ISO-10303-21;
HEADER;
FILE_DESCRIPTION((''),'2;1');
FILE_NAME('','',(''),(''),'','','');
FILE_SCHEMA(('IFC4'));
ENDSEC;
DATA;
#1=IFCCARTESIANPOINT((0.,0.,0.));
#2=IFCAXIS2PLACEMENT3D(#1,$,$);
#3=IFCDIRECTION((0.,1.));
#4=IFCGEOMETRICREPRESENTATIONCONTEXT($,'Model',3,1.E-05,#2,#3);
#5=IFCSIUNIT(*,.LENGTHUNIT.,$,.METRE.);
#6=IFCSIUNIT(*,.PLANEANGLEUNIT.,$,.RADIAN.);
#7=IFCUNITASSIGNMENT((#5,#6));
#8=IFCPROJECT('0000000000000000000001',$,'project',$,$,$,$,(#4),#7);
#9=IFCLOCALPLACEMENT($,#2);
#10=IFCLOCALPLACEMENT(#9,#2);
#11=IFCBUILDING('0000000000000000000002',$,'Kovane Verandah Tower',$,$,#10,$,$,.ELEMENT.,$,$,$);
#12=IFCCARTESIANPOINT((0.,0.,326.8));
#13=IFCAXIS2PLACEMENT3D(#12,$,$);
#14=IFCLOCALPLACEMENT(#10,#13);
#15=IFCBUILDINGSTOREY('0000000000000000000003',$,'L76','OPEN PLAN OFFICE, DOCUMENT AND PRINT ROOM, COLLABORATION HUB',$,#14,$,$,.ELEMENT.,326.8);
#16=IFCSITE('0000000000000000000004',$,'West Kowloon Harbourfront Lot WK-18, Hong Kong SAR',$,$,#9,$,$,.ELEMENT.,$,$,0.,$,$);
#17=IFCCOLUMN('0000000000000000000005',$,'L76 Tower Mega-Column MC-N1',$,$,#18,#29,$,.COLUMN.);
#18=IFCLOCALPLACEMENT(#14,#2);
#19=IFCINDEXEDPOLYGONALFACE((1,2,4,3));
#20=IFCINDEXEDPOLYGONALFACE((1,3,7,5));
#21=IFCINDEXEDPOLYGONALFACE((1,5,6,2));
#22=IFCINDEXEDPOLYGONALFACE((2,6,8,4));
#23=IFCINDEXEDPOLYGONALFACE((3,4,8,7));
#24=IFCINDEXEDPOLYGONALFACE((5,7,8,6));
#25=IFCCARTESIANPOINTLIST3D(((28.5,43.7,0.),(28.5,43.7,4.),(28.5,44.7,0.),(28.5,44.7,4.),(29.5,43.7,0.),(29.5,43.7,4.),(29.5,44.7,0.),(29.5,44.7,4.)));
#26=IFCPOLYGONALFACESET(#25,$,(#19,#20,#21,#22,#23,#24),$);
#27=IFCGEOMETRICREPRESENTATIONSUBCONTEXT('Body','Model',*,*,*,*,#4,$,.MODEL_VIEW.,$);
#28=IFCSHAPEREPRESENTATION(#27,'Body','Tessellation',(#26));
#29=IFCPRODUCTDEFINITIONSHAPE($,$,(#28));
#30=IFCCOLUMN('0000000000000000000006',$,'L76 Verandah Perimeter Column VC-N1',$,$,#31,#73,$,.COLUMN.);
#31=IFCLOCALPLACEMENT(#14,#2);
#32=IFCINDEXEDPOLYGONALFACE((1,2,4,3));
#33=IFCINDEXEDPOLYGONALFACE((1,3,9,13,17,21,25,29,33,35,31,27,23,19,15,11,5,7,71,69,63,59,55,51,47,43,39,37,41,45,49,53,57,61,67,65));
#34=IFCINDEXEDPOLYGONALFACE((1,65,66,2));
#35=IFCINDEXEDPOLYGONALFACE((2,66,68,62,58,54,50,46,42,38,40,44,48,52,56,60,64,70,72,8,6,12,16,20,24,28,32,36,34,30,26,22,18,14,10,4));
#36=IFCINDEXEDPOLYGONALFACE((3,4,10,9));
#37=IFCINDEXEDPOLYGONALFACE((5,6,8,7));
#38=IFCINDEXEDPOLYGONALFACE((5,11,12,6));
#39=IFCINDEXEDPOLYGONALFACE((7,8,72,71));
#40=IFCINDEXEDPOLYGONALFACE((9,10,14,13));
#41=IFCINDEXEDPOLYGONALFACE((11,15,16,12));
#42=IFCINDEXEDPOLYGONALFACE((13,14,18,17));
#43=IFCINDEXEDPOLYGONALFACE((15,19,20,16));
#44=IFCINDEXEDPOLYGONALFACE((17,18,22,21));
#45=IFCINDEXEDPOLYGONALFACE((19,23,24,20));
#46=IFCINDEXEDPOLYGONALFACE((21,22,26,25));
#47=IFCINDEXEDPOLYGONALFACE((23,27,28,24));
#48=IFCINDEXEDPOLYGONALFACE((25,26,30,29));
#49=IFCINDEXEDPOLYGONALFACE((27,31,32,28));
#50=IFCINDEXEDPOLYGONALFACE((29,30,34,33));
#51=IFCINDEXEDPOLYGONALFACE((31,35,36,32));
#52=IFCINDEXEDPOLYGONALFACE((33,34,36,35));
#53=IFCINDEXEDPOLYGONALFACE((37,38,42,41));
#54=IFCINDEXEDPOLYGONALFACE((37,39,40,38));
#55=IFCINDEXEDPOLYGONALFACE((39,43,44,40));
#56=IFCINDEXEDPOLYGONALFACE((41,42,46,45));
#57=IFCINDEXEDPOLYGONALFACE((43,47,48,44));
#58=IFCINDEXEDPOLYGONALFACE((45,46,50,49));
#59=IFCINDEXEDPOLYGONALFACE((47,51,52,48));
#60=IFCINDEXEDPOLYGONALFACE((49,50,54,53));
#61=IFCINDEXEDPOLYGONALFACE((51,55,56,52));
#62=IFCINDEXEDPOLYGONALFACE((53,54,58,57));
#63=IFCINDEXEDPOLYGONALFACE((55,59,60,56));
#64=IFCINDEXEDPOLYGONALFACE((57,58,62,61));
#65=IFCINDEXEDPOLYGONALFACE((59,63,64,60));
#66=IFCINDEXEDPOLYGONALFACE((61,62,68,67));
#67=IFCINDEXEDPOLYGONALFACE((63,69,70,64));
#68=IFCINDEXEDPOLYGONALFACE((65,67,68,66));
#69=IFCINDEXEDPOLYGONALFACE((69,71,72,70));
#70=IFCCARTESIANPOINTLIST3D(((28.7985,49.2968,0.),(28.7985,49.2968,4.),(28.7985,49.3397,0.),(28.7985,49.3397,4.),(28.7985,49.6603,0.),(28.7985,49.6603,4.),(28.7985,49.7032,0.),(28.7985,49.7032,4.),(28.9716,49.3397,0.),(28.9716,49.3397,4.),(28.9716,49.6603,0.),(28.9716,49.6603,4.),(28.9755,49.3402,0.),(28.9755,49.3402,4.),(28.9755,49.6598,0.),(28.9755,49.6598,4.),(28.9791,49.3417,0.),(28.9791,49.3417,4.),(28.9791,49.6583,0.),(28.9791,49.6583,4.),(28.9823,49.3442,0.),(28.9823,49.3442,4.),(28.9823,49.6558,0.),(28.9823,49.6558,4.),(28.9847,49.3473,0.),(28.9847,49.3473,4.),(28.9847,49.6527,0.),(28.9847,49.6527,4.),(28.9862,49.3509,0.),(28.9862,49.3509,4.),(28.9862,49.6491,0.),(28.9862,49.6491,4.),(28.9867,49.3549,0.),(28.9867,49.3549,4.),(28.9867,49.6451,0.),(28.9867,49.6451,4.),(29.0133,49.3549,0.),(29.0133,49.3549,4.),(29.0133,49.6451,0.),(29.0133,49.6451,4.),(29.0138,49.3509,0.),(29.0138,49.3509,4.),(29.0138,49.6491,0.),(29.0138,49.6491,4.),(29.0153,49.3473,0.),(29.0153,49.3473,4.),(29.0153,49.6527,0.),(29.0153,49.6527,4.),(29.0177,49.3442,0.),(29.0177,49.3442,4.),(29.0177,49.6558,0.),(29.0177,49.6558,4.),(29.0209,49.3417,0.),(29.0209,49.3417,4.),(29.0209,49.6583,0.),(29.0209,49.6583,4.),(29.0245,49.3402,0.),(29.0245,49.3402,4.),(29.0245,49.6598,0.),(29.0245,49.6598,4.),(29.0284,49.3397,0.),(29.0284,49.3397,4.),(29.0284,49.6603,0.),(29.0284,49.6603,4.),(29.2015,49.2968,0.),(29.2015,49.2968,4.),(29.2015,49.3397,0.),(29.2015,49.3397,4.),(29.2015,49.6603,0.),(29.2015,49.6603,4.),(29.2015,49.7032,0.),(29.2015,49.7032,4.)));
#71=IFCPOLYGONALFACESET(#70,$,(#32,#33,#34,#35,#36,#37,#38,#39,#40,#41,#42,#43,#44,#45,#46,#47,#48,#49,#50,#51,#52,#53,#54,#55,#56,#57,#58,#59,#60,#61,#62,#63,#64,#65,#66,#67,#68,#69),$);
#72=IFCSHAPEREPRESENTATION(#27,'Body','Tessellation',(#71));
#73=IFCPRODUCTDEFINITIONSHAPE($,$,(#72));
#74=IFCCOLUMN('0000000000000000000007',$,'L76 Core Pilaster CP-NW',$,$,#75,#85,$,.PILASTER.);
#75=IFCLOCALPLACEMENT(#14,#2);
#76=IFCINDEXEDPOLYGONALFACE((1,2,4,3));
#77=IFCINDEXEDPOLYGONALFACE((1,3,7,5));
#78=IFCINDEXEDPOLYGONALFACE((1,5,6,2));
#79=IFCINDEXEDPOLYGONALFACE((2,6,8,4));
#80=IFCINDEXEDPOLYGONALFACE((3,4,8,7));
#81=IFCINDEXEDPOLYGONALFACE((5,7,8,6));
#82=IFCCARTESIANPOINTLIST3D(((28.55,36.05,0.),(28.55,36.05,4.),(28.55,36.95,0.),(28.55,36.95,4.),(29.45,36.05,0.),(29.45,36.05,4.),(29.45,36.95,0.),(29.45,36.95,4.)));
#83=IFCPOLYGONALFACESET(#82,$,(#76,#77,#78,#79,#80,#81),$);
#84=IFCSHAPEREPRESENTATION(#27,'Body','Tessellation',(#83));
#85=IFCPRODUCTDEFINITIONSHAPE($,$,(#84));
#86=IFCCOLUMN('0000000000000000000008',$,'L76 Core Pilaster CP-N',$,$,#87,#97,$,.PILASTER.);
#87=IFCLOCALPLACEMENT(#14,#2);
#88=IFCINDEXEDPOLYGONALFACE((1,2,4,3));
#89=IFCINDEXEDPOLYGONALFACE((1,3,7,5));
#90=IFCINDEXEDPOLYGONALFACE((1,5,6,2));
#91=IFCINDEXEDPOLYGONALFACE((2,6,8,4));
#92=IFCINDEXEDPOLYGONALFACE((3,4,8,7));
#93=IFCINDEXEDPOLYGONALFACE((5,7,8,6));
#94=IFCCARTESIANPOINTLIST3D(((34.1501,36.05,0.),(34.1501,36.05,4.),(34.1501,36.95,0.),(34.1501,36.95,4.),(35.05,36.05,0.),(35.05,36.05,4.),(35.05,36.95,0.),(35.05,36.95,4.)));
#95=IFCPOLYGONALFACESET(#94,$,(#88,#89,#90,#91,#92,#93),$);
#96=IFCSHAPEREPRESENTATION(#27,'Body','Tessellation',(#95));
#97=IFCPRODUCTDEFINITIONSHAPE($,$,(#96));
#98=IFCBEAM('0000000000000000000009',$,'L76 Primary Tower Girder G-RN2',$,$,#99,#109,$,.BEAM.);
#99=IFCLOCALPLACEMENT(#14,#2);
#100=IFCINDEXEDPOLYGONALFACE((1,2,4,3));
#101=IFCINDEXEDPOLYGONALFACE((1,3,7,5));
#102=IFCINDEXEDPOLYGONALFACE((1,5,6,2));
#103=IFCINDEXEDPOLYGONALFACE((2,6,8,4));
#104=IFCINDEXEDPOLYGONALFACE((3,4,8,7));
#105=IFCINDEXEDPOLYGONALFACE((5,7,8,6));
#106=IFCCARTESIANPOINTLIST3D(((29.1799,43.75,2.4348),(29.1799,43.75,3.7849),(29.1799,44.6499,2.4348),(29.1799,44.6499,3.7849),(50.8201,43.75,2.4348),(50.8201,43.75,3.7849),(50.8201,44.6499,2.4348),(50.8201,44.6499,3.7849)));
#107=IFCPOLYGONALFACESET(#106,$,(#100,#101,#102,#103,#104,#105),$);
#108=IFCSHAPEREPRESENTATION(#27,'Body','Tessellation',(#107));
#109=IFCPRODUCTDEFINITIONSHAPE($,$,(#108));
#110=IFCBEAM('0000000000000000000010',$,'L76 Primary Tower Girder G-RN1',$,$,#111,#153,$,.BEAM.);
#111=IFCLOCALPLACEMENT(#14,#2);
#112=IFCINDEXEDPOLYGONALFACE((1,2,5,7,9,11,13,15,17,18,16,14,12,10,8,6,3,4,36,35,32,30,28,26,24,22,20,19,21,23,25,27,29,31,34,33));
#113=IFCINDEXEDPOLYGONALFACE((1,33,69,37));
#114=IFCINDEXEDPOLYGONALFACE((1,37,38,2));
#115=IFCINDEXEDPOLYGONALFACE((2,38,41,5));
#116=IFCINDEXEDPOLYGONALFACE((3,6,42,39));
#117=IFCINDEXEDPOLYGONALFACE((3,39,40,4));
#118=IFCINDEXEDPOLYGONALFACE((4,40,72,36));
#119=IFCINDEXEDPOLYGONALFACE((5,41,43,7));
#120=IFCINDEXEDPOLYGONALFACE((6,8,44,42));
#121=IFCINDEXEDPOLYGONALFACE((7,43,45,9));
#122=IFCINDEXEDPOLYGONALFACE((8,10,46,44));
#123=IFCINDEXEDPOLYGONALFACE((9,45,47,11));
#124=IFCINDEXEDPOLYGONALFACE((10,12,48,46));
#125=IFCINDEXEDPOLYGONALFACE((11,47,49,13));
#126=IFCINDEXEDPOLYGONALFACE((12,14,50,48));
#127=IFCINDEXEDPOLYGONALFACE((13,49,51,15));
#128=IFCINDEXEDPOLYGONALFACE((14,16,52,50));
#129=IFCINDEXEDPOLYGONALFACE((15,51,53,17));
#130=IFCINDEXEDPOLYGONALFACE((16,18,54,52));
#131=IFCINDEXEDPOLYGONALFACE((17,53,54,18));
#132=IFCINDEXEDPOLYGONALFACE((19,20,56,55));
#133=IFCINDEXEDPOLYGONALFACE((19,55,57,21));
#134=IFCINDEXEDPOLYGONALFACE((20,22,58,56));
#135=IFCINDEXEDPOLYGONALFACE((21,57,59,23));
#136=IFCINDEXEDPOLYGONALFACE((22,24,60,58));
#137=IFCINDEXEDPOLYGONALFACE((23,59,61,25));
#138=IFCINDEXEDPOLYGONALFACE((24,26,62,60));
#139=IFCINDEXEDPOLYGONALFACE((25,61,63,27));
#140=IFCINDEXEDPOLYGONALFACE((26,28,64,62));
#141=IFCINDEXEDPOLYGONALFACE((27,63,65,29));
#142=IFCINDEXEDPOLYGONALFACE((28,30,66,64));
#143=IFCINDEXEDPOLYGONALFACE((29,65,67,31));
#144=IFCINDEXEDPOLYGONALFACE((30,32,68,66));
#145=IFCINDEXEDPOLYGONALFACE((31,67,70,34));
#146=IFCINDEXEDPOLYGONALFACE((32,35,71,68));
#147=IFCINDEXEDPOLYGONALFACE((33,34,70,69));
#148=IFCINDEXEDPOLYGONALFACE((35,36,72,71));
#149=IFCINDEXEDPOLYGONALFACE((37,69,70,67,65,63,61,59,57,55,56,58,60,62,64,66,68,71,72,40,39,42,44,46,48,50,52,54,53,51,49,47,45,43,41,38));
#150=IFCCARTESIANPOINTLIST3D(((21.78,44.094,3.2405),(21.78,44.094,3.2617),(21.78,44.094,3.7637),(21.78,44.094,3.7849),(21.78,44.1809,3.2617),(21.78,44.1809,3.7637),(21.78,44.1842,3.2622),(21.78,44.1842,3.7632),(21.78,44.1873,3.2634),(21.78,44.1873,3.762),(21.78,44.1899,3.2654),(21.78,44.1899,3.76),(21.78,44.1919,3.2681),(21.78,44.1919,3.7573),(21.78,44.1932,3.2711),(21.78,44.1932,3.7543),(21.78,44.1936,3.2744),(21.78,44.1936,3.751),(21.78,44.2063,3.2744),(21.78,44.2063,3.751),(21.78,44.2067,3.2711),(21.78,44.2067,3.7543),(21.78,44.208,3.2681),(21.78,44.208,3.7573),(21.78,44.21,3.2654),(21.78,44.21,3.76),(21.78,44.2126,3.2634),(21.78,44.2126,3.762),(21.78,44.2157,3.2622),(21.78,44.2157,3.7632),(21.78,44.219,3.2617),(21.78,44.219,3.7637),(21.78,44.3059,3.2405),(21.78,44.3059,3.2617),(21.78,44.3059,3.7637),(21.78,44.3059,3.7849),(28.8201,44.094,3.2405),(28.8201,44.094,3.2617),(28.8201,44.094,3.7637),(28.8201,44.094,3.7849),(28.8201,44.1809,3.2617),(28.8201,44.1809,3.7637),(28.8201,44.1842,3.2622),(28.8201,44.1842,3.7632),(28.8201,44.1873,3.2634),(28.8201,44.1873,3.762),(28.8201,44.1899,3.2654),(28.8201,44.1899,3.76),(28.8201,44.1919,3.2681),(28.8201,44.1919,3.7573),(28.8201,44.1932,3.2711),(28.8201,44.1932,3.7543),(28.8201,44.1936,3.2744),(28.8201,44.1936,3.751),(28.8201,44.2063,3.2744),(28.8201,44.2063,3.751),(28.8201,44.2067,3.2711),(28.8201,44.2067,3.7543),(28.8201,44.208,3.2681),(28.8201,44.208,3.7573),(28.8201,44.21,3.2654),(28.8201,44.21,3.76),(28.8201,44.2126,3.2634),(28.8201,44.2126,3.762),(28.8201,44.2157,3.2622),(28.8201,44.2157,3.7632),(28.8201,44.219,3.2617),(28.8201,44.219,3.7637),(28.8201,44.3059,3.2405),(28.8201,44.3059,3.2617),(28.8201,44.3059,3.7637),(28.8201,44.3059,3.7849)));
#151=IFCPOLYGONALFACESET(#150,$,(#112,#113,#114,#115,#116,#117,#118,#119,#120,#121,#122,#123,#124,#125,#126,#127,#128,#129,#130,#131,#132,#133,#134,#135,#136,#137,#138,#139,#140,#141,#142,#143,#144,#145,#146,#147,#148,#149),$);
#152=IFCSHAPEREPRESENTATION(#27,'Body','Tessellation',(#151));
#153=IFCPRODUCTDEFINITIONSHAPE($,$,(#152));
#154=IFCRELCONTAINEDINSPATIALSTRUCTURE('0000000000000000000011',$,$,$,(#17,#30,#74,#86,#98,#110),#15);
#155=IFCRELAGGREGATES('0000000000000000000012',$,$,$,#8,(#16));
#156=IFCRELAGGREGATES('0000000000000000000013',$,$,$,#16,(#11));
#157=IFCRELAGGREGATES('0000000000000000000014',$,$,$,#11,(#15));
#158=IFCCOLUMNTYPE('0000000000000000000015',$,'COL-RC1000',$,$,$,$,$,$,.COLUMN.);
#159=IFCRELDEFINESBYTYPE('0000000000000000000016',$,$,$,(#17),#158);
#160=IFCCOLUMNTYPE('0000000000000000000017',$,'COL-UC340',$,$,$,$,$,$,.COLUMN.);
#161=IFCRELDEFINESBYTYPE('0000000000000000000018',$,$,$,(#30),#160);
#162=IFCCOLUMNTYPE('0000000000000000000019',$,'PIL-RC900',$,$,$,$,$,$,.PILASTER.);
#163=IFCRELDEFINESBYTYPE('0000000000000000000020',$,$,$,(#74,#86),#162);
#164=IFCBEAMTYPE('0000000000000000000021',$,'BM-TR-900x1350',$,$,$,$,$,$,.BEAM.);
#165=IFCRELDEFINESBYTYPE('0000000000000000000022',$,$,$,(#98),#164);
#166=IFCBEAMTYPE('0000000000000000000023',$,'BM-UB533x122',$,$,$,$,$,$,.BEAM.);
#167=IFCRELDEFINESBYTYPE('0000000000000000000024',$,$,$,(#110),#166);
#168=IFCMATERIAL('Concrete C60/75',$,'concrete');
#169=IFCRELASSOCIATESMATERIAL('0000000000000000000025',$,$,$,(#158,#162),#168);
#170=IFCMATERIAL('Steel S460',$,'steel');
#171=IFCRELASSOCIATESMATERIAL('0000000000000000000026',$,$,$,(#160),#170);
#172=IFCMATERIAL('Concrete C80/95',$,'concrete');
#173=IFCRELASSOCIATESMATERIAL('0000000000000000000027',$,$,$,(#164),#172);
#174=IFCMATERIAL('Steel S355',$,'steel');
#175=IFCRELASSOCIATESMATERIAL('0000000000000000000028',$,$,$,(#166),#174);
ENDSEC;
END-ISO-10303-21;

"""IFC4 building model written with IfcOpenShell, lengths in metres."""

from ifc_helpers import new_model, si_unit, direction, frame, origin, origin_2d, place, context, subcontext, project, spatial, rectangle, i_section, extrude, material, material_profile, profile_set, type_object, element, save


model = new_model("IFC4")

# Units and contexts
model_context = context("Model", 3, precision=1e-05, world=origin(), true_north=direction((0.0, 1.0)))
body_context = subcontext(model_context, "Body", "Model", "MODEL_VIEW")
ifc_project = project(units=[si_unit("LENGTHUNIT", "METRE"), si_unit("PLANEANGLEUNIT", "RADIAN")], contexts=[model_context])

# Site, building, storey
site_placement = place(None, origin())
site = spatial("IfcSite", under=ifc_project, at=site_placement, Name="West Kowloon Harbourfront Lot WK-18, Hong Kong SAR", CompositionType="ELEMENT", RefElevation=0.0)
building_placement = place(site_placement, origin())
building = spatial("IfcBuilding", under=site, at=building_placement, Name="Kovane Verandah Tower", CompositionType="ELEMENT")
storey_placement = place(building_placement, frame((0.0, 0.0, 326.8)))
storey = spatial("IfcBuildingStorey", under=building, at=storey_placement, Name="L76", Description="OPEN PLAN OFFICE, DOCUMENT AND PRINT ROOM, COLLABORATION HUB", CompositionType="ELEMENT", Elevation=326.8)

# Columns
ifc_material_1 = material(Name="Concrete C60/75", Category="concrete")
ifc_material_profile_1 = material_profile(ifc_material_1, rectangle(XDim=1.0, YDim=1.0, at=origin_2d()), Name="RC1000x1000")
ifc_profile_set_1 = profile_set([ifc_material_profile_1], Name="Concrete C60/75")
column_type_1 = type_object("IfcColumnType", Name="COL-RC1000", PredefinedType="COLUMN", material=ifc_profile_set_1)
column_1_placement = place(storey_placement, frame((29.0, 44.2, 0.0), z_axis=(0.0, 0.0, 1.0), x_axis=(1.0, 0.0, 0.0)))
element("IfcColumn", 1, at=column_1_placement, inside=storey, type_object=column_type_1, Name="L76 Tower Mega-Column MC-N1", PredefinedType="COLUMN", context=body_context, shape_type="SweptSolid", body=[
    extrude(rectangle(XDim=1.0, YDim=1.0, at=origin_2d()), origin(), (0.0, 0.0, 1.0), 4.0),
])
ifc_material_2 = material(Name="Steel S460", Category="steel")
ifc_material_profile_2 = material_profile(ifc_material_2, i_section(OverallWidth=0.4031, OverallDepth=0.4065, WebThickness=0.0266, FlangeThickness=0.043, FilletRadius=0.0151, at=origin_2d()), Name="UC356x406x340")
ifc_profile_set_2 = profile_set([ifc_material_profile_2], Name="Steel S460")
column_type_2 = type_object("IfcColumnType", Name="COL-UC340", PredefinedType="COLUMN", material=ifc_profile_set_2)
column_2_placement = place(storey_placement, frame((29.0, 49.5, 0.0), z_axis=(0.0, 0.0, 1.0), x_axis=(1.0, 0.0, 0.0)))
element("IfcColumn", 2, at=column_2_placement, inside=storey, type_object=column_type_2, Name="L76 Verandah Perimeter Column VC-N1", PredefinedType="COLUMN", context=body_context, shape_type="SweptSolid", body=[
    extrude(i_section(OverallWidth=0.4031, OverallDepth=0.4065, WebThickness=0.0266, FlangeThickness=0.043, FilletRadius=0.0151, at=origin_2d()), origin(), (0.0, 0.0, 1.0), 4.0),
])
ifc_material_profile_3 = material_profile(ifc_material_1, rectangle(XDim=0.8999, YDim=0.8999, at=origin_2d()), Name="RC900x900")
ifc_profile_set_3 = profile_set([ifc_material_profile_3], Name="Concrete C60/75")
column_type_3 = type_object("IfcColumnType", Name="PIL-RC900", PredefinedType="PILASTER", material=ifc_profile_set_3)
for number, where, z_axis, x_axis, name in (
    (3, (29.0, 36.5, 0.0), (0.0, 0.0, 1.0), (1.0, 0.0, 0.0), "L76 Core Pilaster CP-NW"),
    (4, (34.6001, 36.5, 0.0), (0.0, 0.0, 1.0), (1.0, 0.0, 0.0), "L76 Core Pilaster CP-N"),
):
    element("IfcColumn", number, at=place(storey_placement, frame(where, z_axis=z_axis, x_axis=x_axis)), inside=storey, type_object=column_type_3, Name=name, PredefinedType="PILASTER", context=body_context, shape_type="SweptSolid", body=[
        extrude(rectangle(XDim=0.8999, YDim=0.8999, at=origin_2d()), origin(), (0.0, 0.0, 1.0), 4.0),
    ])

# Beams
ifc_material_3 = material(Name="Concrete C80/95", Category="concrete")
ifc_material_profile_4 = material_profile(ifc_material_3, rectangle(XDim=0.8999, YDim=1.3501, at=origin_2d()), Name="RCB900x1350")
ifc_profile_set_4 = profile_set([ifc_material_profile_4], Name="Concrete C80/95")
beam_type_1 = type_object("IfcBeamType", Name="BM-TR-900x1350", PredefinedType="BEAM", material=ifc_profile_set_4)
beam_1_placement = place(storey_placement, frame((29.1799, 44.2, 3.1099), z_axis=(1.0, 0.0, 0.0), x_axis=(0.0, 1.0, 0.0)))
element("IfcBeam", 5, at=beam_1_placement, inside=storey, type_object=beam_type_1, Name="L76 Primary Tower Girder G-RN2", PredefinedType="BEAM", context=body_context, shape_type="SweptSolid", body=[
    extrude(rectangle(XDim=0.8999, YDim=1.3501, at=origin_2d()), origin(), (0.0, 0.0, 1.0), 21.6401),
])
ifc_material_4 = material(Name="Steel S355", Category="steel")
ifc_material_profile_5 = material_profile(ifc_material_4, i_section(OverallWidth=0.2119, OverallDepth=0.5444, WebThickness=0.0127, FlangeThickness=0.0212, FilletRadius=0.0127, at=origin_2d()), Name="UB533x210x122")
ifc_profile_set_5 = profile_set([ifc_material_profile_5], Name="Steel S355")
beam_type_2 = type_object("IfcBeamType", Name="BM-UB533x122", PredefinedType="BEAM", material=ifc_profile_set_5)
for number, where, z_axis, x_axis, name in (
    (6, (21.78, 44.2, 3.5127), (1.0, 0.0, 0.0), (0.0, 1.0, 0.0), "L76 Primary Tower Girder G-RN1"),
):
    element("IfcBeam", number, at=place(storey_placement, frame(where, z_axis=z_axis, x_axis=x_axis)), inside=storey, type_object=beam_type_2, Name=name, PredefinedType="BEAM", context=body_context, shape_type="SweptSolid", body=[
        extrude(i_section(OverallWidth=0.2119, OverallDepth=0.5444, WebThickness=0.0127, FlangeThickness=0.0212, FilletRadius=0.0127, at=origin_2d()), origin(), (0.0, 0.0, 1.0), 7.04),
    ])

save(model, "model.ifc")
